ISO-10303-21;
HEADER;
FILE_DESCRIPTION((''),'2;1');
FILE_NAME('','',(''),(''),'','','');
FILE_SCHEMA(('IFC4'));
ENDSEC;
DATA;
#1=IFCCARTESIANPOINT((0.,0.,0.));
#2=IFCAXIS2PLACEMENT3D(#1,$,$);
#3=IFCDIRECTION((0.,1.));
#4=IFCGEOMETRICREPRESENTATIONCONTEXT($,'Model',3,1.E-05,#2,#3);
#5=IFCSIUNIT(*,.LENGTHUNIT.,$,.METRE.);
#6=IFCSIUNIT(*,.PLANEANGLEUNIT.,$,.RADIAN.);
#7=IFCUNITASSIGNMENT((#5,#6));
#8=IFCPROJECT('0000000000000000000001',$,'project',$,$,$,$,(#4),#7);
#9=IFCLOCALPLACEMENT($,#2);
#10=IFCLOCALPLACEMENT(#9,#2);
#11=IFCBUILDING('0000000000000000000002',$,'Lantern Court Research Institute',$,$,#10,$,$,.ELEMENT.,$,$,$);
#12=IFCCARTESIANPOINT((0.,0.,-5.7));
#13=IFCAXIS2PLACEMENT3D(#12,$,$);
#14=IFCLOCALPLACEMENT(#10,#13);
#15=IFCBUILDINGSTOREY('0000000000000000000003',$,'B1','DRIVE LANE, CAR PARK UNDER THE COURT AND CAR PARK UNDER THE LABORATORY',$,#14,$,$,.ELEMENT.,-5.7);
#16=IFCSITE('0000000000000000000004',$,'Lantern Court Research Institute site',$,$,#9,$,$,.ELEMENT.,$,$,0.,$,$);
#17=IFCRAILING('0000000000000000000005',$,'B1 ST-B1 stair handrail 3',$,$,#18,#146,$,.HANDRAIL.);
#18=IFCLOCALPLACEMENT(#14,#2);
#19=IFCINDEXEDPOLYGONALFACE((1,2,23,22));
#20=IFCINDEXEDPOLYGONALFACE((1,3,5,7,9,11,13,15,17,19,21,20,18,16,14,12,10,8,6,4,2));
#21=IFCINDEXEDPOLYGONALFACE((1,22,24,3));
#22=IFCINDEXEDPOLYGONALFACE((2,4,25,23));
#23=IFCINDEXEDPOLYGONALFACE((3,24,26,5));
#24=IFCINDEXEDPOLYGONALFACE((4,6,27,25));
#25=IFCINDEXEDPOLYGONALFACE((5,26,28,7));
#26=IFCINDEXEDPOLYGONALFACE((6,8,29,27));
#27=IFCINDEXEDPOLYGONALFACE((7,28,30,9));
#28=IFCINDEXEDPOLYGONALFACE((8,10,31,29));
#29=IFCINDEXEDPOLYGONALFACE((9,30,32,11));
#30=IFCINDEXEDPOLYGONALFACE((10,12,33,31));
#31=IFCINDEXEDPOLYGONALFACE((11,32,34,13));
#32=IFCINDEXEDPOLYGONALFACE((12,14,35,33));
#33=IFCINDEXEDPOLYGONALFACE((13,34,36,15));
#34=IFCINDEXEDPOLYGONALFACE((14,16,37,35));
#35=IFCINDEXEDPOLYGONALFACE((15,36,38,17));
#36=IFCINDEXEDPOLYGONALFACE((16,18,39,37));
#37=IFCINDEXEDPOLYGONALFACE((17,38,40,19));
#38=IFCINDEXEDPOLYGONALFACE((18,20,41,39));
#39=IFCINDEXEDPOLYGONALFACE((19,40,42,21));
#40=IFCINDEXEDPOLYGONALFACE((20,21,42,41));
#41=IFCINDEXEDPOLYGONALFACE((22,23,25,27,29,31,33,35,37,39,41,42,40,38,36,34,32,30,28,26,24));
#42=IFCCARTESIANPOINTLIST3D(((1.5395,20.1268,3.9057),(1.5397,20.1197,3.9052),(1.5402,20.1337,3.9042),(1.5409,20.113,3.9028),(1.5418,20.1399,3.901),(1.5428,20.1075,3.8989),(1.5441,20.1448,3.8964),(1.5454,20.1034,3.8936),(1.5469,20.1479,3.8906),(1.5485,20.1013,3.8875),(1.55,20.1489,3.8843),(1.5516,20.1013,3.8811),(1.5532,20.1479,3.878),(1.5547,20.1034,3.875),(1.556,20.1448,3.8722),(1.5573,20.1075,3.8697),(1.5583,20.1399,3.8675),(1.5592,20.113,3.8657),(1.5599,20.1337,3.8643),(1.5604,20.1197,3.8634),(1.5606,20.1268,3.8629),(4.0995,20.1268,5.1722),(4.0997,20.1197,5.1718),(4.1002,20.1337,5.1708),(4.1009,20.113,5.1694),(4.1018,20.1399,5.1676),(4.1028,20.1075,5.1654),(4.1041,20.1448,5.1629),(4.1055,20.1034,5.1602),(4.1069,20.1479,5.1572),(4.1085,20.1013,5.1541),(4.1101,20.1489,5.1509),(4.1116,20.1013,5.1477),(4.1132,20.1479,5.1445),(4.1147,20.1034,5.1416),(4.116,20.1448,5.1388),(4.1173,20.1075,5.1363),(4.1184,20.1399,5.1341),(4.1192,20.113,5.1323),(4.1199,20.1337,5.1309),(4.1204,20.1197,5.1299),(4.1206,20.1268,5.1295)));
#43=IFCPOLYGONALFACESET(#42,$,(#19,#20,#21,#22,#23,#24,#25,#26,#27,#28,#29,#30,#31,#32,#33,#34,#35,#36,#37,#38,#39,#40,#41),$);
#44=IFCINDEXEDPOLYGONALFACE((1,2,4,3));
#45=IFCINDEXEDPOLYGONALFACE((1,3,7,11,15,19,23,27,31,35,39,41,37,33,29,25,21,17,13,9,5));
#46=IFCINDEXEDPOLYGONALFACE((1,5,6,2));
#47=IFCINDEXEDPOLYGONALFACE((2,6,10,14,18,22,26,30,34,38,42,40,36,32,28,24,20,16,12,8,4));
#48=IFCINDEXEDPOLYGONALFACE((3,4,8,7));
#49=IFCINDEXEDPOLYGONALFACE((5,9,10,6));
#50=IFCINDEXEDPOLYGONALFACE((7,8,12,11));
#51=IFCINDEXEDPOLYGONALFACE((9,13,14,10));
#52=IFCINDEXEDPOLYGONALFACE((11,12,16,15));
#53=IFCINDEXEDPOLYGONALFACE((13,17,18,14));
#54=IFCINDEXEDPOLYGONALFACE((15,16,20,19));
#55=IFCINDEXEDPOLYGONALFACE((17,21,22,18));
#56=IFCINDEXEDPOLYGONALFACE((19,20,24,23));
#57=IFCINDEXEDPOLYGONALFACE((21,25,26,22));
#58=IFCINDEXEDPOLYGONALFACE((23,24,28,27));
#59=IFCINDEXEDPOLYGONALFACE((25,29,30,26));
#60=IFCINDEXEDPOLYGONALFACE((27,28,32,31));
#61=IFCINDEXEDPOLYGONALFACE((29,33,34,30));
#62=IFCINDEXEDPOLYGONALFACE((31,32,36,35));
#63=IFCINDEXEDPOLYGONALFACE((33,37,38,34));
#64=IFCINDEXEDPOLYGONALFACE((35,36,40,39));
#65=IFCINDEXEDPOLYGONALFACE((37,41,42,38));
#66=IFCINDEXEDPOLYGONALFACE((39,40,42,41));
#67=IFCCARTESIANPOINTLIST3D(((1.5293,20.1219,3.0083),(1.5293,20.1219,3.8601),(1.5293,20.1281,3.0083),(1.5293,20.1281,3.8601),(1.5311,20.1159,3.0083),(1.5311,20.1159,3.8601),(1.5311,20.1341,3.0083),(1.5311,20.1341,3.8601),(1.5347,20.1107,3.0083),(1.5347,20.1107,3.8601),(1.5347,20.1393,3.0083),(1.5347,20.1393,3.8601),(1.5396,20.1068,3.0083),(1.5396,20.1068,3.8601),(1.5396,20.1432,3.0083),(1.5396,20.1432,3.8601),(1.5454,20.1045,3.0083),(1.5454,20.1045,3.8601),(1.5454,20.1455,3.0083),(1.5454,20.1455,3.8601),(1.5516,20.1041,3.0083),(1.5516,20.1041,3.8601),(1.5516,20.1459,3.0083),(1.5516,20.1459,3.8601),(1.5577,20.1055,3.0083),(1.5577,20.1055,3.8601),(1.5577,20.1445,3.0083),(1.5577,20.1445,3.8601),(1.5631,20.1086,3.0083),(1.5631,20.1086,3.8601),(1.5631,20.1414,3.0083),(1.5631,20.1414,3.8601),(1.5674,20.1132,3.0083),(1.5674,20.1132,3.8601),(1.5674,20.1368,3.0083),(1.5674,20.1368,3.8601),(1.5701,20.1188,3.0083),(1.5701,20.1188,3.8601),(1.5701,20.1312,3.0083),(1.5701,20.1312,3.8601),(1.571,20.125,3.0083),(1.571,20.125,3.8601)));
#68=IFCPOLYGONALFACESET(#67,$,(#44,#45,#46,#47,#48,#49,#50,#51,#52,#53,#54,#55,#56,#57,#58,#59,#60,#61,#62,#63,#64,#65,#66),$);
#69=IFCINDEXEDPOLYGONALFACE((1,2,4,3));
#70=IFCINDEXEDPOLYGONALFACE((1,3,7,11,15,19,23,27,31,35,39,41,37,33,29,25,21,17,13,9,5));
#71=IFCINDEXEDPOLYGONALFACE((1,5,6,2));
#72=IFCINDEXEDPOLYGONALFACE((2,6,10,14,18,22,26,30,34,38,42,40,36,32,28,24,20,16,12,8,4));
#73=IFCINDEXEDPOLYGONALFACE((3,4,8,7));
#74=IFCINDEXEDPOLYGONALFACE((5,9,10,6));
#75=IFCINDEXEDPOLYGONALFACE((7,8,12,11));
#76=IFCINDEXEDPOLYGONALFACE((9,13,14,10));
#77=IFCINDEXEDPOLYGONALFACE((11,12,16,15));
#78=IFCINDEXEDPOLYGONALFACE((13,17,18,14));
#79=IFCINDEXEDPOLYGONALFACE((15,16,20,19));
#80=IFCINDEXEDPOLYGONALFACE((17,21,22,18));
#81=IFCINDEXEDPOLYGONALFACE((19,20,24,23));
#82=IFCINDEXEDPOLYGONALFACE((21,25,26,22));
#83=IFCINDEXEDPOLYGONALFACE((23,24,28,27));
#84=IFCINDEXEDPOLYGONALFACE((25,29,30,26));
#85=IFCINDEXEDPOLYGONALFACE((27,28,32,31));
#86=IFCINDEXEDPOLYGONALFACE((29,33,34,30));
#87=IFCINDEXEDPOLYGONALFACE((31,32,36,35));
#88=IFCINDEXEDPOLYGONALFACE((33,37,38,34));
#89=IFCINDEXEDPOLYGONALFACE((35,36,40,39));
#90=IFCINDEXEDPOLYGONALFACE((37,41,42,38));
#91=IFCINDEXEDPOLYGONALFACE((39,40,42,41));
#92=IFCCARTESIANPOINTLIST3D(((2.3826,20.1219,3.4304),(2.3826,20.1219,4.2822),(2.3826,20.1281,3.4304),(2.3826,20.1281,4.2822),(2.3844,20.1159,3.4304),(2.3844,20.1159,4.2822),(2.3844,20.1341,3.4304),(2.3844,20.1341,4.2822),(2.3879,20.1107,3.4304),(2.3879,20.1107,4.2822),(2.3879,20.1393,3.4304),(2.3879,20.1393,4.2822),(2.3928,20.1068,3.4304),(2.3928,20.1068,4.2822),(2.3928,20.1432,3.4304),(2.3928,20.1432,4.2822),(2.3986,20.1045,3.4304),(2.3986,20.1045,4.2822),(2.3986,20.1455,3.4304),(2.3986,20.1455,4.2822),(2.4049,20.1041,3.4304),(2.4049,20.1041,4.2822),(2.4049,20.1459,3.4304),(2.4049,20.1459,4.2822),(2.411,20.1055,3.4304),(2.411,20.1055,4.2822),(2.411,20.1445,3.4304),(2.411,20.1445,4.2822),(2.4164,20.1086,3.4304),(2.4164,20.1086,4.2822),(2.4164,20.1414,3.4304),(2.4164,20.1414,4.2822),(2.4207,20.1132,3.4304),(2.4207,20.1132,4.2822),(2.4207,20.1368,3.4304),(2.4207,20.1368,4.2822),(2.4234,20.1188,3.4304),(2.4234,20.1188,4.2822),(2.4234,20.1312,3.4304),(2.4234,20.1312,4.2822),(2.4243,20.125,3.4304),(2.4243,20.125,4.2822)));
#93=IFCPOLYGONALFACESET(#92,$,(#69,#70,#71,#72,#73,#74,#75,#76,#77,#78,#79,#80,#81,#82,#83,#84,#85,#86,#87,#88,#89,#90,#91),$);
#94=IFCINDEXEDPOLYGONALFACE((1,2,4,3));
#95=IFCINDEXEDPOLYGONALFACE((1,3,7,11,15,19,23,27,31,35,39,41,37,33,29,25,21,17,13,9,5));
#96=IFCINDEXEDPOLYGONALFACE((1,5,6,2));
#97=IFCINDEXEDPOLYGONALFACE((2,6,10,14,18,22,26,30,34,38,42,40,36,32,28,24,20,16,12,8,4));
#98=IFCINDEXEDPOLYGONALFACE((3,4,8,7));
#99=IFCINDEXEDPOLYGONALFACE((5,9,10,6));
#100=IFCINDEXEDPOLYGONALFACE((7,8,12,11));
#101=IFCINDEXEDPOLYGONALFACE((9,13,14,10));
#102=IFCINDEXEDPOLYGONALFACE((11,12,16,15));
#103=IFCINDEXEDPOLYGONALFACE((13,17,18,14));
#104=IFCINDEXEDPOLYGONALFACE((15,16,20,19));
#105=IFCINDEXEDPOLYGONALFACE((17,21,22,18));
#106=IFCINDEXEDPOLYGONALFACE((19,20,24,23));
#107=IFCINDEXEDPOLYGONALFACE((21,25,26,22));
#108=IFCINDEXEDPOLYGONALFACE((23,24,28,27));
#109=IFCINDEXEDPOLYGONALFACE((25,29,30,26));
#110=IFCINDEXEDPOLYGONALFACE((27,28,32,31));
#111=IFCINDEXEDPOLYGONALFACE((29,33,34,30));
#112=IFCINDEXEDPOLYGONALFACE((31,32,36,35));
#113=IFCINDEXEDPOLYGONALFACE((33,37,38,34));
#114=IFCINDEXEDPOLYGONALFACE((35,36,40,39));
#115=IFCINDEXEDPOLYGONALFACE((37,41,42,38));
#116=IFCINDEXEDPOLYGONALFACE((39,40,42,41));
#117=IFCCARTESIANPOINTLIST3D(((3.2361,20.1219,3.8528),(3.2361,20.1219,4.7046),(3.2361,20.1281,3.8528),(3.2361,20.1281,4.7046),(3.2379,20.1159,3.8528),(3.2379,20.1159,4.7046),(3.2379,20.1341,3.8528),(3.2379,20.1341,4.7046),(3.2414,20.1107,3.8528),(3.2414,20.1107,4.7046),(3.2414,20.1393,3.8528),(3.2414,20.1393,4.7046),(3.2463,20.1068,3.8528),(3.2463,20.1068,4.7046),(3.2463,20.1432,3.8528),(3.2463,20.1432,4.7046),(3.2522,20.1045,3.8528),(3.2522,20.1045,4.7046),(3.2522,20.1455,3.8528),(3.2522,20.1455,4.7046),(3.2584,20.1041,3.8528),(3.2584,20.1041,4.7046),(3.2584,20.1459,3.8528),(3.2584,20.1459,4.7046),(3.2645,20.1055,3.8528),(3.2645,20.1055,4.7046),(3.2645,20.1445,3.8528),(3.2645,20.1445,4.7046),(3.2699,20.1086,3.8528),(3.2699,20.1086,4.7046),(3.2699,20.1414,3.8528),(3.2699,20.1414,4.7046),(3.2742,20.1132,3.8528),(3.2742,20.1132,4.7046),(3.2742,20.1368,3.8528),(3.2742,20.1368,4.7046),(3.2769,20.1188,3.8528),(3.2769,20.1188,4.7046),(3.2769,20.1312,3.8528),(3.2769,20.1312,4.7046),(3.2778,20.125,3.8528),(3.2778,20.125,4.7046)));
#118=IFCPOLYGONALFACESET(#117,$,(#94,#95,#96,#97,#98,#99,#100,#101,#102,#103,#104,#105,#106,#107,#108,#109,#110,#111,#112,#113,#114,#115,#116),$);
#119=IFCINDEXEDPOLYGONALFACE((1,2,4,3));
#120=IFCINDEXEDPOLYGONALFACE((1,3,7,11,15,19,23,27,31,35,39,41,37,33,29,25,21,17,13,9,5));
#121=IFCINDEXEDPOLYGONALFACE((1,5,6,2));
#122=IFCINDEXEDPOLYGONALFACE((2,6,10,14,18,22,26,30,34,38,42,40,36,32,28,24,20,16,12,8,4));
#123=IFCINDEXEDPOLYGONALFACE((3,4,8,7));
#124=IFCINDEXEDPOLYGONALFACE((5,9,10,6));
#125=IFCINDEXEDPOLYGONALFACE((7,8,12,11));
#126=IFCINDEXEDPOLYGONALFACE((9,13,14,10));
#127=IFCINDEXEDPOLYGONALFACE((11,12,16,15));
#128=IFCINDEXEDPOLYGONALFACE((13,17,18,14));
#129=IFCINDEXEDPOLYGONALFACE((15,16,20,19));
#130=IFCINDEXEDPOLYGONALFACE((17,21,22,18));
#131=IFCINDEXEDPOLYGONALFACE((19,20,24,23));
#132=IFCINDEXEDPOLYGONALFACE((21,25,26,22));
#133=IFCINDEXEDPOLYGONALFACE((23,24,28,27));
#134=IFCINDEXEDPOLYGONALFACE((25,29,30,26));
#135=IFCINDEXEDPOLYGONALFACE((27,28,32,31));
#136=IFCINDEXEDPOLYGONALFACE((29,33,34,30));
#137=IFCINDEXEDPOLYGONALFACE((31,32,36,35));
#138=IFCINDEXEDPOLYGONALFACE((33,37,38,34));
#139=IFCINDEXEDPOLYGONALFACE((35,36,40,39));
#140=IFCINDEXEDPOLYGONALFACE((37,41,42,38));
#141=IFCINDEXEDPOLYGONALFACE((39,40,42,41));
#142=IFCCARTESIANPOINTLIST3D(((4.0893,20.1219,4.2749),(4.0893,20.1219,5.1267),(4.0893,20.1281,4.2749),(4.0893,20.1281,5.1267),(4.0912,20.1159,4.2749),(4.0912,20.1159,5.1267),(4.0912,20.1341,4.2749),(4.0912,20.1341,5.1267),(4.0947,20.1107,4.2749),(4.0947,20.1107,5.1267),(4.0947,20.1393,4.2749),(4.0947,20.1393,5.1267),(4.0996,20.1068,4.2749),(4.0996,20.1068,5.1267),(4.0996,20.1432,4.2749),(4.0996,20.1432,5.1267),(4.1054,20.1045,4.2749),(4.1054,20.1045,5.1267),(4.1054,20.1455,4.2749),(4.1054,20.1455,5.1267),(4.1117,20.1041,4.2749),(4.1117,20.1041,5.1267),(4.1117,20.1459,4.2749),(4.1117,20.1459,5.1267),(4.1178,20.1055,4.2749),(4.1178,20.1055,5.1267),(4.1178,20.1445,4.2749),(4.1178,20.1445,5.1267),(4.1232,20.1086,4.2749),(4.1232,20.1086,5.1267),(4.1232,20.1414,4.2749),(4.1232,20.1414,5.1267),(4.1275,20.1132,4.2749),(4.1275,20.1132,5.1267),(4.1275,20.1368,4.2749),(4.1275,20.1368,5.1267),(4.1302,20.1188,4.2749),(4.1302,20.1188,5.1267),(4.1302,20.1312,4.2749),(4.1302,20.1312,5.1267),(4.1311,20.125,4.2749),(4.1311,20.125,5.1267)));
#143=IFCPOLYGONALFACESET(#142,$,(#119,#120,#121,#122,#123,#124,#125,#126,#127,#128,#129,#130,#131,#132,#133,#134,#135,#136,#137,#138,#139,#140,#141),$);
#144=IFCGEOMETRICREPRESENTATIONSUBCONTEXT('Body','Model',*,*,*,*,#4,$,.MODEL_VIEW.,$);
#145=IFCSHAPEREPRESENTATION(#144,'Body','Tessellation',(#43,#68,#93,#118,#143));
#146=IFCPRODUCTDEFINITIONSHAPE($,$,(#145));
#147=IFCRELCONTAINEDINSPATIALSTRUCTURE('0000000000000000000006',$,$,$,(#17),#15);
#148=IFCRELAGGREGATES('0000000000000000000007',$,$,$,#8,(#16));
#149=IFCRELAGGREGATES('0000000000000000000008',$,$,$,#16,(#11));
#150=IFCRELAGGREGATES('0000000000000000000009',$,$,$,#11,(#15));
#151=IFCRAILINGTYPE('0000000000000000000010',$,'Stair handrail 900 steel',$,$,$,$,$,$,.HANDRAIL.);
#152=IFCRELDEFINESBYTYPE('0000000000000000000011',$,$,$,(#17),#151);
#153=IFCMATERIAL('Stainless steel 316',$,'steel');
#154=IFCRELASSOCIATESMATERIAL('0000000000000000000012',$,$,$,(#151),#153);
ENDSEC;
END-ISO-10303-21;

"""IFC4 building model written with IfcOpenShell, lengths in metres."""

from ifc_helpers import new_model, si_unit, direction, frame, origin, origin_2d, place, context, subcontext, project, spatial, circle, extrude, material, type_object, element, save


model = new_model("IFC4")

# Units and contexts
model_context = context("Model", 3, precision=1e-05, world=origin(), true_north=direction((0.0, 1.0)))
body_context = subcontext(model_context, "Body", "Model", "MODEL_VIEW")
ifc_project = project(units=[si_unit("LENGTHUNIT", "METRE"), si_unit("PLANEANGLEUNIT", "RADIAN")], contexts=[model_context])

# Site, building, storey
site_placement = place(None, origin())
site = spatial("IfcSite", under=ifc_project, at=site_placement, Name="Lantern Court Research Institute site", CompositionType="ELEMENT", RefElevation=0.0)
building_placement = place(site_placement, origin())
building = spatial("IfcBuilding", under=site, at=building_placement, Name="Lantern Court Research Institute", CompositionType="ELEMENT")
storey_placement = place(building_placement, frame((0.0, 0.0, -5.7)))
storey = spatial("IfcBuildingStorey", under=building, at=storey_placement, Name="B1", Description="DRIVE LANE, CAR PARK UNDER THE COURT AND CAR PARK UNDER THE LABORATORY", CompositionType="ELEMENT", Elevation=-5.7)

# Railing
ifc_material_1 = material(Name="Stainless steel 316", Category="steel")
railing_type_1 = type_object("IfcRailingType", Name="Stair handrail 900 steel", PredefinedType="HANDRAIL", material=ifc_material_1)
railing_1_placement = place(storey_placement, frame((1.55, 20.125, 3.0083)))
element("IfcRailing", 1, at=railing_1_placement, inside=storey, type_object=railing_type_1, Name="B1 ST-B1 stair handrail 3", PredefinedType="HANDRAIL", context=body_context, shape_type="SweptSolid", body=[
    extrude(circle(Radius=0.0239, at=origin_2d()), frame((0.0, 0.0, 0.876), z_axis=(0.8963, 0.0, 0.443449), x_axis=(0.0, 1.0, 0.0)), (0.0, 0.0, 1.0), 2.8562),
    extrude(circle(Radius=0.021, at=origin_2d()), origin(), (0.0, 0.0, 1.0), 0.8518),
    extrude(circle(Radius=0.021, at=origin_2d()), frame((0.8533, 0.0, 0.4221)), (0.0, 0.0, 1.0), 0.8518),
    extrude(circle(Radius=0.021, at=origin_2d()), frame((1.7068, 0.0, 0.8445)), (0.0, 0.0, 1.0), 0.8518),
    extrude(circle(Radius=0.021, at=origin_2d()), frame((2.5601, 0.0, 1.2666)), (0.0, 0.0, 1.0), 0.8518),
])

save(model, "model.ifc")
